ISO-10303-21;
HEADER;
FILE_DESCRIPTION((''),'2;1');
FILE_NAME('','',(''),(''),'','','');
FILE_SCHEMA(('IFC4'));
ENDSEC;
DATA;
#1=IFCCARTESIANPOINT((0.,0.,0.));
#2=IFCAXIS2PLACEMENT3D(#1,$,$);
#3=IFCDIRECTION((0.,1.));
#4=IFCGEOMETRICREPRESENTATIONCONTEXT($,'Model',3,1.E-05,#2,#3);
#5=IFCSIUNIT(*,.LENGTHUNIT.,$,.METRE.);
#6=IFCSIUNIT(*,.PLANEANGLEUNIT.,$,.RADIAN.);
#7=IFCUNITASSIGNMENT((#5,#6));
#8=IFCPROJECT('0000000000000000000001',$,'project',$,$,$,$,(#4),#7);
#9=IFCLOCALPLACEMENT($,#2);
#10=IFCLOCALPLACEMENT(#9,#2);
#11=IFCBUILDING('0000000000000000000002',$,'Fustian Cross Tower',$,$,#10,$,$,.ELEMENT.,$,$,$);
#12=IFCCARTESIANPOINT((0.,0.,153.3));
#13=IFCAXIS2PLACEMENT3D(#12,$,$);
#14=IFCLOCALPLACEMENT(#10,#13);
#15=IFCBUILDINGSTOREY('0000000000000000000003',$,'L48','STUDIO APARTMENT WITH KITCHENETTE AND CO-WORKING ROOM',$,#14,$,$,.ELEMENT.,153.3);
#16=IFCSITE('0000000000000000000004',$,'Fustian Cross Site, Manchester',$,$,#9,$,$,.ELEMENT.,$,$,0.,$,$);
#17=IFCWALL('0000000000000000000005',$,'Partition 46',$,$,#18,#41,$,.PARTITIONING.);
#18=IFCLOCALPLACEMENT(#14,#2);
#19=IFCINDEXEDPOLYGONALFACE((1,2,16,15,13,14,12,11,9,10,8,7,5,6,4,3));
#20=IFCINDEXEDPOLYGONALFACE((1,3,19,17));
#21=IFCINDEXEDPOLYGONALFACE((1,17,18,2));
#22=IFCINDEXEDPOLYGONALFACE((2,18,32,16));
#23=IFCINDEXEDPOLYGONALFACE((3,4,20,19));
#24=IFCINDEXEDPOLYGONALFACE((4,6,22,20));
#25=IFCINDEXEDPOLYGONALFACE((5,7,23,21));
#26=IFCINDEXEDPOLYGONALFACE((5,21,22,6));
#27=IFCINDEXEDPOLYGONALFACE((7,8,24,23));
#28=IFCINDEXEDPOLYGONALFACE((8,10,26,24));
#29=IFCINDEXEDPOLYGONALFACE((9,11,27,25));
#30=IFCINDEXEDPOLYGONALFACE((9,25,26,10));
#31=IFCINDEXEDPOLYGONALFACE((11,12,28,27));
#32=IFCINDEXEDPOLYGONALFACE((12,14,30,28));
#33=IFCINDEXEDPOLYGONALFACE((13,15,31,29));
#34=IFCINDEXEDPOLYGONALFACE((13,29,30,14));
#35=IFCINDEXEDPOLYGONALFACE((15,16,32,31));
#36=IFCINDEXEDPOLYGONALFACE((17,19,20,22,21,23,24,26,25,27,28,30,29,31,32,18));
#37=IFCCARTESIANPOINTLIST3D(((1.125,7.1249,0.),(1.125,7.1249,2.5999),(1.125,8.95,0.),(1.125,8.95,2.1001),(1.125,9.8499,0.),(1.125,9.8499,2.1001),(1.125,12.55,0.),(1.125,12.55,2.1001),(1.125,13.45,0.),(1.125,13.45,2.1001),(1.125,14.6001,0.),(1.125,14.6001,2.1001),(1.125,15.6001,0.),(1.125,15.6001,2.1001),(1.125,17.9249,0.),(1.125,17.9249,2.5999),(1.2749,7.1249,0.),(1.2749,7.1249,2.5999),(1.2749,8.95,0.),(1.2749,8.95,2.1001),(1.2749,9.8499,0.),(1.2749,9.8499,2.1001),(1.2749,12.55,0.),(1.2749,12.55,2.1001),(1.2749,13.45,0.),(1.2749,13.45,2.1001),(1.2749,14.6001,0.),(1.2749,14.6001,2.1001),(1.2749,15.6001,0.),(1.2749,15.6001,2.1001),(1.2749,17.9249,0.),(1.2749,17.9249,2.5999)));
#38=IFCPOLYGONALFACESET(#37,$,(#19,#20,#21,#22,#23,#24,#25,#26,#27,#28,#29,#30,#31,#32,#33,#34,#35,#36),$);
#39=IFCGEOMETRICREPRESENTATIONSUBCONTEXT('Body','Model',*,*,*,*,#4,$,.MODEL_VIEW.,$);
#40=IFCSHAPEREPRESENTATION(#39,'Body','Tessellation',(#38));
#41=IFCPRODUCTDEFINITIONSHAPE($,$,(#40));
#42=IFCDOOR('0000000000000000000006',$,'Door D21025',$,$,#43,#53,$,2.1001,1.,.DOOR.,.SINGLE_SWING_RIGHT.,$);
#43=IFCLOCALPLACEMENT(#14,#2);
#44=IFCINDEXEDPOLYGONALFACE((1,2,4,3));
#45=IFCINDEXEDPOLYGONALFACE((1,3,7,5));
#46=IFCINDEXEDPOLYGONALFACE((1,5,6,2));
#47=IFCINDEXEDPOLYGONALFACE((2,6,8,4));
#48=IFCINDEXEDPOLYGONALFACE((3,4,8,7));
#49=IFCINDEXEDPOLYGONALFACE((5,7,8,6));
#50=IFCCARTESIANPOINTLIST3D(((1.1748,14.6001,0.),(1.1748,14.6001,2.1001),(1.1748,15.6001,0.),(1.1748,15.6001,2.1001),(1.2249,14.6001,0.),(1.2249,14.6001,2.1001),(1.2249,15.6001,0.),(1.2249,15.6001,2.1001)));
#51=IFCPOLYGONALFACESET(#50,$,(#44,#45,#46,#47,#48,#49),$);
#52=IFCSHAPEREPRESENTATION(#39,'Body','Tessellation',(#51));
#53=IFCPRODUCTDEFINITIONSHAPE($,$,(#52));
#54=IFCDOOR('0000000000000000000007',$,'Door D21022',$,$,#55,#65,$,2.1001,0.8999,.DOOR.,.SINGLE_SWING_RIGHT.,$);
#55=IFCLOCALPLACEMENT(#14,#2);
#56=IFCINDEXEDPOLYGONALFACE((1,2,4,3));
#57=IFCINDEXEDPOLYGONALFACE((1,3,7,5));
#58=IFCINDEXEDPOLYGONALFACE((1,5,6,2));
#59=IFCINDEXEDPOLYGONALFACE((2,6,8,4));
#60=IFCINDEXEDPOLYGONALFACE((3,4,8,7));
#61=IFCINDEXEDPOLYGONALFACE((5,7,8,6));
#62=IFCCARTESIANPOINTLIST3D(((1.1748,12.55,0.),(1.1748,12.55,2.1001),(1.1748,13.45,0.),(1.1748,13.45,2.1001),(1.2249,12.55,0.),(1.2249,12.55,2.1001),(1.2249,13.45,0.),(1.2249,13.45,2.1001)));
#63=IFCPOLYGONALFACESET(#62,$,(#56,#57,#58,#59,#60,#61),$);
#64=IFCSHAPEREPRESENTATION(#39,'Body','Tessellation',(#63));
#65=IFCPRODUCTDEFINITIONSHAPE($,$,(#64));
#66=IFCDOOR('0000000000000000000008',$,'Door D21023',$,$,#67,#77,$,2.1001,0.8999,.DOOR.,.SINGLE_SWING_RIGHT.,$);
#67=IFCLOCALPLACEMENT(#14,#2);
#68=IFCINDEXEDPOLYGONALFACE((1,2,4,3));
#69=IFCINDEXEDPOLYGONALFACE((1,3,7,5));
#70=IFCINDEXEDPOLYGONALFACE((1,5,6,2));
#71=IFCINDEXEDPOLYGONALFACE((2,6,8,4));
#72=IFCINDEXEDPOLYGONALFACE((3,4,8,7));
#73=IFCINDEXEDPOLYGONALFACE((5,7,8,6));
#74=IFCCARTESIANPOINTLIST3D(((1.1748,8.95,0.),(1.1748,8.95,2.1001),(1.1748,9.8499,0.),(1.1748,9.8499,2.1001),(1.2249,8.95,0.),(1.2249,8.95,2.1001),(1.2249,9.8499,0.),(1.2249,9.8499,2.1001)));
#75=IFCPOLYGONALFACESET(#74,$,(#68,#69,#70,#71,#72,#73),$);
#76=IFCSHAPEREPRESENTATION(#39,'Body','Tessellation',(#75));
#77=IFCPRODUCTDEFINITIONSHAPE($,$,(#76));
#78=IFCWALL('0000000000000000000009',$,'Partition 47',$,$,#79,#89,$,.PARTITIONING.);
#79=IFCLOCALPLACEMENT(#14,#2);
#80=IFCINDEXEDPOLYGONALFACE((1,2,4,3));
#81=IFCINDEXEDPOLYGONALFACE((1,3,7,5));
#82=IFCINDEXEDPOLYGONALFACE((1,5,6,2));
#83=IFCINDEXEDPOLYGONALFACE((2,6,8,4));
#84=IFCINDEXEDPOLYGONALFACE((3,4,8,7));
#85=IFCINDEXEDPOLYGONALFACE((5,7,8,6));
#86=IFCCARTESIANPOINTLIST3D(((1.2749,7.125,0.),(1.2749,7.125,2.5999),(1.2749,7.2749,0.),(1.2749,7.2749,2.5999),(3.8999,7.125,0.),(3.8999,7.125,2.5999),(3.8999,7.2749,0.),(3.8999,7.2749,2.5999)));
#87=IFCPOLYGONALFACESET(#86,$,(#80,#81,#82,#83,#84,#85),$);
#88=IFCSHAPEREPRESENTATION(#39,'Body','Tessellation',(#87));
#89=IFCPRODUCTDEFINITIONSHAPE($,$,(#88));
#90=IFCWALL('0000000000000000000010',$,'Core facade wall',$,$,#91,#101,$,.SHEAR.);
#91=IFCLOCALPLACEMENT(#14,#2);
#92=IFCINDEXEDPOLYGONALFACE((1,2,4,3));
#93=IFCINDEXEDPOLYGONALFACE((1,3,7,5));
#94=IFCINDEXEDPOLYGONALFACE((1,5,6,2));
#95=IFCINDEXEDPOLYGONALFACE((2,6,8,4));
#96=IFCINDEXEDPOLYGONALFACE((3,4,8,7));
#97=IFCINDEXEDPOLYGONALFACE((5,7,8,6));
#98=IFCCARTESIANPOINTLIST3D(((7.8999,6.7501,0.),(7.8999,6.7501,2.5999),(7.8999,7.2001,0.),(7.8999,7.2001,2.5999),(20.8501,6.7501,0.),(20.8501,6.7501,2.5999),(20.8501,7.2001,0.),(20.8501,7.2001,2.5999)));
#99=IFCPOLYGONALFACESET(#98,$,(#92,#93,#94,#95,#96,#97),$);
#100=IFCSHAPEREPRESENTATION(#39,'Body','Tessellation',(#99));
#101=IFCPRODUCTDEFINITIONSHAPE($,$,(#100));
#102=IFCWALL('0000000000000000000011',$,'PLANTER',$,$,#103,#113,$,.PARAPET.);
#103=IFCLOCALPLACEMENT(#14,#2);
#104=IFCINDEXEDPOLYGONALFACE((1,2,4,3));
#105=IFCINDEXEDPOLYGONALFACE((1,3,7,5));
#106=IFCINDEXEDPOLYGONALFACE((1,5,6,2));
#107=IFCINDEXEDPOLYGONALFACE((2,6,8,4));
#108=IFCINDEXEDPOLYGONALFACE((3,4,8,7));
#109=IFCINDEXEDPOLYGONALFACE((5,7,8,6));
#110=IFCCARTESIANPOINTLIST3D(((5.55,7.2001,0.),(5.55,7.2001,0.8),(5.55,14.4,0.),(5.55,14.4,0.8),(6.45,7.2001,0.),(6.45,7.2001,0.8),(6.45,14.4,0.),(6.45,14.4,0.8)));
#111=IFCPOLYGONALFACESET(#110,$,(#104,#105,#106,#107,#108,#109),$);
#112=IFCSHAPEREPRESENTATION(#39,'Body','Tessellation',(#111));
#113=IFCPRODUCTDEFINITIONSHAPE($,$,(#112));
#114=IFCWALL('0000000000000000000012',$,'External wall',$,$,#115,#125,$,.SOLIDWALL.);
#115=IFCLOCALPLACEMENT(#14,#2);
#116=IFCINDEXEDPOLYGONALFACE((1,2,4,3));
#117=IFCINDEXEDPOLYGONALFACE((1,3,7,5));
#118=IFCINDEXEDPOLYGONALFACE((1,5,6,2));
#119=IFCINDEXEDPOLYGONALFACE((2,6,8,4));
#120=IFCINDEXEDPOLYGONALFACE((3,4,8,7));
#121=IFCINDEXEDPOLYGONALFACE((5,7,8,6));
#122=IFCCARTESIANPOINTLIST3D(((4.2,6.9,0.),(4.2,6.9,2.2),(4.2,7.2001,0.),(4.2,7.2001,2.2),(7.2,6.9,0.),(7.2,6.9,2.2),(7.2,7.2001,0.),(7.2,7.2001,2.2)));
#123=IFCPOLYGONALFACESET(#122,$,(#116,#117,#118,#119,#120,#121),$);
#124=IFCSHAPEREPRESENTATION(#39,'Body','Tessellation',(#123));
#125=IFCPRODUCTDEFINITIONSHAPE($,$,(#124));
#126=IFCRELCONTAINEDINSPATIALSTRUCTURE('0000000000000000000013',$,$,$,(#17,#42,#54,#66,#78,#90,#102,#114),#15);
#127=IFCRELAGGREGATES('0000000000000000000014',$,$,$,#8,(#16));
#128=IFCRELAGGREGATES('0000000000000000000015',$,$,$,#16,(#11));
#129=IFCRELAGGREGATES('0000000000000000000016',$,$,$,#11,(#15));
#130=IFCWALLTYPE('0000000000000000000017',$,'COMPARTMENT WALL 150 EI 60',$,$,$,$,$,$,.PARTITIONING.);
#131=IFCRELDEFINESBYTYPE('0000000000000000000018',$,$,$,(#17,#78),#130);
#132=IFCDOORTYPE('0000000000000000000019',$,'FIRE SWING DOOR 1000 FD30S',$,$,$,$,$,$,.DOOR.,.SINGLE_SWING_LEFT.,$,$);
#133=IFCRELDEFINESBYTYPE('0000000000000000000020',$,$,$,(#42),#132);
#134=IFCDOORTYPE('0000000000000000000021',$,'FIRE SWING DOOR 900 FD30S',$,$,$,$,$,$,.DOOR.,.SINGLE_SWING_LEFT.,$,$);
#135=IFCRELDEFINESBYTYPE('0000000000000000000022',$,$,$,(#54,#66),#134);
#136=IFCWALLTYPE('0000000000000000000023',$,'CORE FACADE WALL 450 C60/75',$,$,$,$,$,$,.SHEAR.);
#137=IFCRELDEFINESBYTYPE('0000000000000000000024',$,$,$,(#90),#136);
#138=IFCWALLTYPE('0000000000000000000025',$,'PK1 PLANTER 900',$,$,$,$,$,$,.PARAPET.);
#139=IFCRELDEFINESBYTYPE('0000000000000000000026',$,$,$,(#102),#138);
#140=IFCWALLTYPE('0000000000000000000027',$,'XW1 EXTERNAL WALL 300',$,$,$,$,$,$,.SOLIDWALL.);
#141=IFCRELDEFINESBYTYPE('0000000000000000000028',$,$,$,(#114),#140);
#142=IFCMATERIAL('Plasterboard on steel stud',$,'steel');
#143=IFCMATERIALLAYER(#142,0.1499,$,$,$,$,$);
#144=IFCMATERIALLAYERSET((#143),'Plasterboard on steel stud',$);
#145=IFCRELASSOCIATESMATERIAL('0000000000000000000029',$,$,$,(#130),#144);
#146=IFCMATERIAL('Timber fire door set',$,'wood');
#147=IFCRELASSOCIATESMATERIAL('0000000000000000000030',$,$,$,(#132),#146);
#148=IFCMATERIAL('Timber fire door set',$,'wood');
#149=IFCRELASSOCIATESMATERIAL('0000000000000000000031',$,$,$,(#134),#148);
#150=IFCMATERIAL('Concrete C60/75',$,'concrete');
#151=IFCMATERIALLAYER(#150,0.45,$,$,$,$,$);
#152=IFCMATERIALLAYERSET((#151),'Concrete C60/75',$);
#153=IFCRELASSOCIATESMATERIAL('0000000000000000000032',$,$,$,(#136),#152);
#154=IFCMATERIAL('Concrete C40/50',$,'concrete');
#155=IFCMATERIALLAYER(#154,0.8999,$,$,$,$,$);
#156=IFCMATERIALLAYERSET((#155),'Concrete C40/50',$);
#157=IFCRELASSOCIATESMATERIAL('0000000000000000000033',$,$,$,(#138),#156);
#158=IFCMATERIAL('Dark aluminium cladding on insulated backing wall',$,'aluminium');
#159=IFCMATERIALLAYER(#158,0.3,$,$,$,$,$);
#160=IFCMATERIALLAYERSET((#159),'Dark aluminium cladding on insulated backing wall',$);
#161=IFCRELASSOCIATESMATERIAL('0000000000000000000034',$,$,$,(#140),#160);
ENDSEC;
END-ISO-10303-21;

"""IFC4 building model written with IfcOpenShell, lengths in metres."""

from ifc_helpers import new_model, si_unit, direction, frame, frame_2d, origin, place, context, subcontext, project, spatial, rectangle, extrude, material, layer, layer_set, type_object, element, fill, save


model = new_model("IFC4")

# Units and contexts
model_context = context("Model", 3, precision=1e-05, world=origin(), true_north=direction((0.0, 1.0)))
body_context = subcontext(model_context, "Body", "Model", "MODEL_VIEW")
ifc_project = project(units=[si_unit("LENGTHUNIT", "METRE"), si_unit("PLANEANGLEUNIT", "RADIAN")], contexts=[model_context])

# Site, building, storey
site_placement = place(None, origin())
site = spatial("IfcSite", under=ifc_project, at=site_placement, Name="Fustian Cross Site, Manchester", CompositionType="ELEMENT", RefElevation=0.0)
building_placement = place(site_placement, origin())
building = spatial("IfcBuilding", under=site, at=building_placement, Name="Fustian Cross Tower", CompositionType="ELEMENT")
storey_placement = place(building_placement, frame((0.0, 0.0, 153.3)))
storey = spatial("IfcBuildingStorey", under=building, at=storey_placement, Name="L48", Description="STUDIO APARTMENT WITH KITCHENETTE AND CO-WORKING ROOM", CompositionType="ELEMENT", Elevation=153.3)

# Wall, openings, doors
ifc_material_1 = material(Name="Plasterboard on steel stud", Category="steel")
ifc_layer_1 = layer(ifc_material_1, 0.1499)
ifc_layer_set_1 = layer_set([ifc_layer_1], Name="Plasterboard on steel stud")
wall_type_1 = type_object("IfcWallType", Name="COMPARTMENT WALL 150 EI 60", PredefinedType="PARTITIONING", material=ifc_layer_set_1)
wall_1_placement = place(storey_placement, frame((1.2, 7.125, 0.0), z_axis=(0.0, 0.0, 1.0), x_axis=(0.0, 1.0, 0.0)))
wall_1 = element("IfcWall", 1, at=wall_1_placement, inside=storey, type_object=wall_type_1, Name="Partition 46", PredefinedType="PARTITIONING", context=body_context, shape_type="SweptSolid", body=[
    extrude(rectangle(XDim=10.8, YDim=0.1499, at=frame_2d((5.3999, 0.0))), origin(), (0.0, 0.0, 1.0), 2.5999),
])
opening_1_placement = place(wall_1_placement, frame((5.425, 0.0, 0.0)))
opening_1 = element("IfcOpeningElement", 2, at=opening_1_placement, cuts=wall_1, PredefinedType="OPENING", context=body_context, shape_type="SweptSolid", body=[
    extrude(rectangle(XDim=0.8999, YDim=2.1001, at=frame_2d((0.45, 1.05))), frame((0.0, 0.085, 0.0), z_axis=(0.0, -1.0, 0.0), x_axis=(1.0, 0.0, 0.0)), (0.0, 0.0, 1.0), 0.1699),
])
opening_2_placement = place(wall_1_placement, frame((1.825, 0.0, 0.0)))
opening_2 = element("IfcOpeningElement", 3, at=opening_2_placement, cuts=wall_1, PredefinedType="OPENING", context=body_context, shape_type="SweptSolid", body=[
    extrude(rectangle(XDim=0.8999, YDim=2.1001, at=frame_2d((0.45, 1.05))), frame((0.0, 0.085, 0.0), z_axis=(0.0, -1.0, 0.0), x_axis=(1.0, 0.0, 0.0)), (0.0, 0.0, 1.0), 0.1699),
])
opening_3_placement = place(wall_1_placement, frame((7.4751, 0.0, 0.0)))
opening_3 = element("IfcOpeningElement", 4, at=opening_3_placement, cuts=wall_1, PredefinedType="OPENING", context=body_context, shape_type="SweptSolid", body=[
    extrude(rectangle(XDim=1.0, YDim=2.1001, at=frame_2d((0.5, 1.05))), frame((0.0, 0.085, 0.0), z_axis=(0.0, -1.0, 0.0), x_axis=(1.0, 0.0, 0.0)), (0.0, 0.0, 1.0), 0.1699),
])
ifc_material_2 = material(Name="Timber fire door set", Category="wood")
door_type_1 = type_object("IfcDoorType", Name="FIRE SWING DOOR 1000 FD30S", OperationType="SINGLE_SWING_LEFT", PredefinedType="DOOR", material=ifc_material_2)
door_1_placement = place(opening_3_placement, frame((1.0, 0.0, 0.0), z_axis=(0.0, 0.0, 1.0), x_axis=(-1.0, 0.0, 0.0)))
door_1 = element("IfcDoor", 5, at=door_1_placement, inside=storey, type_object=door_type_1, Name="Door D21025", OperationType="SINGLE_SWING_RIGHT", OverallHeight=2.1001, OverallWidth=1.0, PredefinedType="DOOR", context=body_context, shape_type="SweptSolid", body=[
    extrude(rectangle(XDim=1.0, YDim=2.1001, at=frame_2d((0.5, 1.05))), frame((0.0, 0.0249, 0.0), z_axis=(0.0, -1.0, 0.0), x_axis=(1.0, 0.0, 0.0)), (0.0, 0.0, 1.0), 0.05),
])
fill(opening_3, door_1)
ifc_material_3 = material(Name="Timber fire door set", Category="wood")
door_type_2 = type_object("IfcDoorType", Name="FIRE SWING DOOR 900 FD30S", OperationType="SINGLE_SWING_LEFT", PredefinedType="DOOR", material=ifc_material_3)
door_2_placement = place(opening_1_placement, frame((0.8999, 0.0, 0.0), z_axis=(0.0, 0.0, 1.0), x_axis=(-1.0, 0.0, 0.0)))
door_2 = element("IfcDoor", 6, at=door_2_placement, inside=storey, type_object=door_type_2, Name="Door D21022", OperationType="SINGLE_SWING_RIGHT", OverallHeight=2.1001, OverallWidth=0.8999, PredefinedType="DOOR", context=body_context, shape_type="SweptSolid", body=[
    extrude(rectangle(XDim=0.8999, YDim=2.1001, at=frame_2d((0.45, 1.05))), frame((0.0, 0.0249, 0.0), z_axis=(0.0, -1.0, 0.0), x_axis=(1.0, 0.0, 0.0)), (0.0, 0.0, 1.0), 0.05),
])
fill(opening_1, door_2)
door_3_placement = place(opening_2_placement, frame((0.8999, 0.0, 0.0), z_axis=(0.0, 0.0, 1.0), x_axis=(-1.0, 0.0, 0.0)))
door_3 = element("IfcDoor", 7, at=door_3_placement, inside=storey, type_object=door_type_2, Name="Door D21023", OperationType="SINGLE_SWING_RIGHT", OverallHeight=2.1001, OverallWidth=0.8999, PredefinedType="DOOR", context=body_context, shape_type="SweptSolid", body=[
    extrude(rectangle(XDim=0.8999, YDim=2.1001, at=frame_2d((0.45, 1.05))), frame((0.0, 0.0249, 0.0), z_axis=(0.0, -1.0, 0.0), x_axis=(1.0, 0.0, 0.0)), (0.0, 0.0, 1.0), 0.05),
])
fill(opening_2, door_3)

# Walls
wall_2_placement = place(storey_placement, frame((1.2749, 7.2, 0.0), z_axis=(0.0, 0.0, 1.0), x_axis=(1.0, 0.0, 0.0)))
element("IfcWall", 8, at=wall_2_placement, inside=storey, type_object=wall_type_1, Name="Partition 47", PredefinedType="PARTITIONING", context=body_context, shape_type="SweptSolid", body=[
    extrude(rectangle(XDim=2.625, YDim=0.1499, at=frame_2d((1.3125, 0.0))), origin(), (0.0, 0.0, 1.0), 2.5999),
])
ifc_material_4 = material(Name="Concrete C60/75", Category="concrete")
ifc_layer_2 = layer(ifc_material_4, 0.45)
ifc_layer_set_2 = layer_set([ifc_layer_2], Name="Concrete C60/75")
wall_type_2 = type_object("IfcWallType", Name="CORE FACADE WALL 450 C60/75", PredefinedType="SHEAR", material=ifc_layer_set_2)
wall_3_placement = place(storey_placement, frame((7.8999, 6.9751, 0.0), z_axis=(0.0, 0.0, 1.0), x_axis=(1.0, 0.0, 0.0)))
element("IfcWall", 9, at=wall_3_placement, inside=storey, type_object=wall_type_2, Name="Core facade wall", PredefinedType="SHEAR", context=body_context, shape_type="SweptSolid", body=[
    extrude(rectangle(XDim=12.9502, YDim=0.45, at=frame_2d((6.4751, 0.0))), origin(), (0.0, 0.0, 1.0), 2.5999),
])
ifc_material_5 = material(Name="Concrete C40/50", Category="concrete")
ifc_layer_3 = layer(ifc_material_5, 0.8999)
ifc_layer_set_3 = layer_set([ifc_layer_3], Name="Concrete C40/50")
wall_type_3 = type_object("IfcWallType", Name="PK1 PLANTER 900", PredefinedType="PARAPET", material=ifc_layer_set_3)
wall_4_placement = place(storey_placement, frame((6.0, 7.2, 0.0), z_axis=(0.0, 0.0, 1.0), x_axis=(0.0, 1.0, 0.0)))
element("IfcWall", 10, at=wall_4_placement, inside=storey, type_object=wall_type_3, Name="PLANTER", PredefinedType="PARAPET", context=body_context, shape_type="SweptSolid", body=[
    extrude(rectangle(XDim=7.2, YDim=0.8999, at=frame_2d((3.6001, 0.0))), origin(), (0.0, 0.0, 1.0), 0.8),
])
ifc_material_6 = material(Name="Dark aluminium cladding on insulated backing wall", Category="aluminium")
ifc_layer_4 = layer(ifc_material_6, 0.3)
ifc_layer_set_4 = layer_set([ifc_layer_4], Name="Dark aluminium cladding on insulated backing wall")
wall_type_4 = type_object("IfcWallType", Name="XW1 EXTERNAL WALL 300", PredefinedType="SOLIDWALL", material=ifc_layer_set_4)
wall_5_placement = place(storey_placement, frame((7.2, 7.05, 0.0), z_axis=(0.0, 0.0, 1.0), x_axis=(-1.0, 0.0, 0.0)))
element("IfcWall", 11, at=wall_5_placement, inside=storey, type_object=wall_type_4, Name="External wall", PredefinedType="SOLIDWALL", context=body_context, shape_type="SweptSolid", body=[
    extrude(rectangle(XDim=3.0, YDim=0.3, at=frame_2d((1.5, 0.0))), origin(), (0.0, 0.0, 1.0), 2.2),
])

save(model, "model.ifc")
